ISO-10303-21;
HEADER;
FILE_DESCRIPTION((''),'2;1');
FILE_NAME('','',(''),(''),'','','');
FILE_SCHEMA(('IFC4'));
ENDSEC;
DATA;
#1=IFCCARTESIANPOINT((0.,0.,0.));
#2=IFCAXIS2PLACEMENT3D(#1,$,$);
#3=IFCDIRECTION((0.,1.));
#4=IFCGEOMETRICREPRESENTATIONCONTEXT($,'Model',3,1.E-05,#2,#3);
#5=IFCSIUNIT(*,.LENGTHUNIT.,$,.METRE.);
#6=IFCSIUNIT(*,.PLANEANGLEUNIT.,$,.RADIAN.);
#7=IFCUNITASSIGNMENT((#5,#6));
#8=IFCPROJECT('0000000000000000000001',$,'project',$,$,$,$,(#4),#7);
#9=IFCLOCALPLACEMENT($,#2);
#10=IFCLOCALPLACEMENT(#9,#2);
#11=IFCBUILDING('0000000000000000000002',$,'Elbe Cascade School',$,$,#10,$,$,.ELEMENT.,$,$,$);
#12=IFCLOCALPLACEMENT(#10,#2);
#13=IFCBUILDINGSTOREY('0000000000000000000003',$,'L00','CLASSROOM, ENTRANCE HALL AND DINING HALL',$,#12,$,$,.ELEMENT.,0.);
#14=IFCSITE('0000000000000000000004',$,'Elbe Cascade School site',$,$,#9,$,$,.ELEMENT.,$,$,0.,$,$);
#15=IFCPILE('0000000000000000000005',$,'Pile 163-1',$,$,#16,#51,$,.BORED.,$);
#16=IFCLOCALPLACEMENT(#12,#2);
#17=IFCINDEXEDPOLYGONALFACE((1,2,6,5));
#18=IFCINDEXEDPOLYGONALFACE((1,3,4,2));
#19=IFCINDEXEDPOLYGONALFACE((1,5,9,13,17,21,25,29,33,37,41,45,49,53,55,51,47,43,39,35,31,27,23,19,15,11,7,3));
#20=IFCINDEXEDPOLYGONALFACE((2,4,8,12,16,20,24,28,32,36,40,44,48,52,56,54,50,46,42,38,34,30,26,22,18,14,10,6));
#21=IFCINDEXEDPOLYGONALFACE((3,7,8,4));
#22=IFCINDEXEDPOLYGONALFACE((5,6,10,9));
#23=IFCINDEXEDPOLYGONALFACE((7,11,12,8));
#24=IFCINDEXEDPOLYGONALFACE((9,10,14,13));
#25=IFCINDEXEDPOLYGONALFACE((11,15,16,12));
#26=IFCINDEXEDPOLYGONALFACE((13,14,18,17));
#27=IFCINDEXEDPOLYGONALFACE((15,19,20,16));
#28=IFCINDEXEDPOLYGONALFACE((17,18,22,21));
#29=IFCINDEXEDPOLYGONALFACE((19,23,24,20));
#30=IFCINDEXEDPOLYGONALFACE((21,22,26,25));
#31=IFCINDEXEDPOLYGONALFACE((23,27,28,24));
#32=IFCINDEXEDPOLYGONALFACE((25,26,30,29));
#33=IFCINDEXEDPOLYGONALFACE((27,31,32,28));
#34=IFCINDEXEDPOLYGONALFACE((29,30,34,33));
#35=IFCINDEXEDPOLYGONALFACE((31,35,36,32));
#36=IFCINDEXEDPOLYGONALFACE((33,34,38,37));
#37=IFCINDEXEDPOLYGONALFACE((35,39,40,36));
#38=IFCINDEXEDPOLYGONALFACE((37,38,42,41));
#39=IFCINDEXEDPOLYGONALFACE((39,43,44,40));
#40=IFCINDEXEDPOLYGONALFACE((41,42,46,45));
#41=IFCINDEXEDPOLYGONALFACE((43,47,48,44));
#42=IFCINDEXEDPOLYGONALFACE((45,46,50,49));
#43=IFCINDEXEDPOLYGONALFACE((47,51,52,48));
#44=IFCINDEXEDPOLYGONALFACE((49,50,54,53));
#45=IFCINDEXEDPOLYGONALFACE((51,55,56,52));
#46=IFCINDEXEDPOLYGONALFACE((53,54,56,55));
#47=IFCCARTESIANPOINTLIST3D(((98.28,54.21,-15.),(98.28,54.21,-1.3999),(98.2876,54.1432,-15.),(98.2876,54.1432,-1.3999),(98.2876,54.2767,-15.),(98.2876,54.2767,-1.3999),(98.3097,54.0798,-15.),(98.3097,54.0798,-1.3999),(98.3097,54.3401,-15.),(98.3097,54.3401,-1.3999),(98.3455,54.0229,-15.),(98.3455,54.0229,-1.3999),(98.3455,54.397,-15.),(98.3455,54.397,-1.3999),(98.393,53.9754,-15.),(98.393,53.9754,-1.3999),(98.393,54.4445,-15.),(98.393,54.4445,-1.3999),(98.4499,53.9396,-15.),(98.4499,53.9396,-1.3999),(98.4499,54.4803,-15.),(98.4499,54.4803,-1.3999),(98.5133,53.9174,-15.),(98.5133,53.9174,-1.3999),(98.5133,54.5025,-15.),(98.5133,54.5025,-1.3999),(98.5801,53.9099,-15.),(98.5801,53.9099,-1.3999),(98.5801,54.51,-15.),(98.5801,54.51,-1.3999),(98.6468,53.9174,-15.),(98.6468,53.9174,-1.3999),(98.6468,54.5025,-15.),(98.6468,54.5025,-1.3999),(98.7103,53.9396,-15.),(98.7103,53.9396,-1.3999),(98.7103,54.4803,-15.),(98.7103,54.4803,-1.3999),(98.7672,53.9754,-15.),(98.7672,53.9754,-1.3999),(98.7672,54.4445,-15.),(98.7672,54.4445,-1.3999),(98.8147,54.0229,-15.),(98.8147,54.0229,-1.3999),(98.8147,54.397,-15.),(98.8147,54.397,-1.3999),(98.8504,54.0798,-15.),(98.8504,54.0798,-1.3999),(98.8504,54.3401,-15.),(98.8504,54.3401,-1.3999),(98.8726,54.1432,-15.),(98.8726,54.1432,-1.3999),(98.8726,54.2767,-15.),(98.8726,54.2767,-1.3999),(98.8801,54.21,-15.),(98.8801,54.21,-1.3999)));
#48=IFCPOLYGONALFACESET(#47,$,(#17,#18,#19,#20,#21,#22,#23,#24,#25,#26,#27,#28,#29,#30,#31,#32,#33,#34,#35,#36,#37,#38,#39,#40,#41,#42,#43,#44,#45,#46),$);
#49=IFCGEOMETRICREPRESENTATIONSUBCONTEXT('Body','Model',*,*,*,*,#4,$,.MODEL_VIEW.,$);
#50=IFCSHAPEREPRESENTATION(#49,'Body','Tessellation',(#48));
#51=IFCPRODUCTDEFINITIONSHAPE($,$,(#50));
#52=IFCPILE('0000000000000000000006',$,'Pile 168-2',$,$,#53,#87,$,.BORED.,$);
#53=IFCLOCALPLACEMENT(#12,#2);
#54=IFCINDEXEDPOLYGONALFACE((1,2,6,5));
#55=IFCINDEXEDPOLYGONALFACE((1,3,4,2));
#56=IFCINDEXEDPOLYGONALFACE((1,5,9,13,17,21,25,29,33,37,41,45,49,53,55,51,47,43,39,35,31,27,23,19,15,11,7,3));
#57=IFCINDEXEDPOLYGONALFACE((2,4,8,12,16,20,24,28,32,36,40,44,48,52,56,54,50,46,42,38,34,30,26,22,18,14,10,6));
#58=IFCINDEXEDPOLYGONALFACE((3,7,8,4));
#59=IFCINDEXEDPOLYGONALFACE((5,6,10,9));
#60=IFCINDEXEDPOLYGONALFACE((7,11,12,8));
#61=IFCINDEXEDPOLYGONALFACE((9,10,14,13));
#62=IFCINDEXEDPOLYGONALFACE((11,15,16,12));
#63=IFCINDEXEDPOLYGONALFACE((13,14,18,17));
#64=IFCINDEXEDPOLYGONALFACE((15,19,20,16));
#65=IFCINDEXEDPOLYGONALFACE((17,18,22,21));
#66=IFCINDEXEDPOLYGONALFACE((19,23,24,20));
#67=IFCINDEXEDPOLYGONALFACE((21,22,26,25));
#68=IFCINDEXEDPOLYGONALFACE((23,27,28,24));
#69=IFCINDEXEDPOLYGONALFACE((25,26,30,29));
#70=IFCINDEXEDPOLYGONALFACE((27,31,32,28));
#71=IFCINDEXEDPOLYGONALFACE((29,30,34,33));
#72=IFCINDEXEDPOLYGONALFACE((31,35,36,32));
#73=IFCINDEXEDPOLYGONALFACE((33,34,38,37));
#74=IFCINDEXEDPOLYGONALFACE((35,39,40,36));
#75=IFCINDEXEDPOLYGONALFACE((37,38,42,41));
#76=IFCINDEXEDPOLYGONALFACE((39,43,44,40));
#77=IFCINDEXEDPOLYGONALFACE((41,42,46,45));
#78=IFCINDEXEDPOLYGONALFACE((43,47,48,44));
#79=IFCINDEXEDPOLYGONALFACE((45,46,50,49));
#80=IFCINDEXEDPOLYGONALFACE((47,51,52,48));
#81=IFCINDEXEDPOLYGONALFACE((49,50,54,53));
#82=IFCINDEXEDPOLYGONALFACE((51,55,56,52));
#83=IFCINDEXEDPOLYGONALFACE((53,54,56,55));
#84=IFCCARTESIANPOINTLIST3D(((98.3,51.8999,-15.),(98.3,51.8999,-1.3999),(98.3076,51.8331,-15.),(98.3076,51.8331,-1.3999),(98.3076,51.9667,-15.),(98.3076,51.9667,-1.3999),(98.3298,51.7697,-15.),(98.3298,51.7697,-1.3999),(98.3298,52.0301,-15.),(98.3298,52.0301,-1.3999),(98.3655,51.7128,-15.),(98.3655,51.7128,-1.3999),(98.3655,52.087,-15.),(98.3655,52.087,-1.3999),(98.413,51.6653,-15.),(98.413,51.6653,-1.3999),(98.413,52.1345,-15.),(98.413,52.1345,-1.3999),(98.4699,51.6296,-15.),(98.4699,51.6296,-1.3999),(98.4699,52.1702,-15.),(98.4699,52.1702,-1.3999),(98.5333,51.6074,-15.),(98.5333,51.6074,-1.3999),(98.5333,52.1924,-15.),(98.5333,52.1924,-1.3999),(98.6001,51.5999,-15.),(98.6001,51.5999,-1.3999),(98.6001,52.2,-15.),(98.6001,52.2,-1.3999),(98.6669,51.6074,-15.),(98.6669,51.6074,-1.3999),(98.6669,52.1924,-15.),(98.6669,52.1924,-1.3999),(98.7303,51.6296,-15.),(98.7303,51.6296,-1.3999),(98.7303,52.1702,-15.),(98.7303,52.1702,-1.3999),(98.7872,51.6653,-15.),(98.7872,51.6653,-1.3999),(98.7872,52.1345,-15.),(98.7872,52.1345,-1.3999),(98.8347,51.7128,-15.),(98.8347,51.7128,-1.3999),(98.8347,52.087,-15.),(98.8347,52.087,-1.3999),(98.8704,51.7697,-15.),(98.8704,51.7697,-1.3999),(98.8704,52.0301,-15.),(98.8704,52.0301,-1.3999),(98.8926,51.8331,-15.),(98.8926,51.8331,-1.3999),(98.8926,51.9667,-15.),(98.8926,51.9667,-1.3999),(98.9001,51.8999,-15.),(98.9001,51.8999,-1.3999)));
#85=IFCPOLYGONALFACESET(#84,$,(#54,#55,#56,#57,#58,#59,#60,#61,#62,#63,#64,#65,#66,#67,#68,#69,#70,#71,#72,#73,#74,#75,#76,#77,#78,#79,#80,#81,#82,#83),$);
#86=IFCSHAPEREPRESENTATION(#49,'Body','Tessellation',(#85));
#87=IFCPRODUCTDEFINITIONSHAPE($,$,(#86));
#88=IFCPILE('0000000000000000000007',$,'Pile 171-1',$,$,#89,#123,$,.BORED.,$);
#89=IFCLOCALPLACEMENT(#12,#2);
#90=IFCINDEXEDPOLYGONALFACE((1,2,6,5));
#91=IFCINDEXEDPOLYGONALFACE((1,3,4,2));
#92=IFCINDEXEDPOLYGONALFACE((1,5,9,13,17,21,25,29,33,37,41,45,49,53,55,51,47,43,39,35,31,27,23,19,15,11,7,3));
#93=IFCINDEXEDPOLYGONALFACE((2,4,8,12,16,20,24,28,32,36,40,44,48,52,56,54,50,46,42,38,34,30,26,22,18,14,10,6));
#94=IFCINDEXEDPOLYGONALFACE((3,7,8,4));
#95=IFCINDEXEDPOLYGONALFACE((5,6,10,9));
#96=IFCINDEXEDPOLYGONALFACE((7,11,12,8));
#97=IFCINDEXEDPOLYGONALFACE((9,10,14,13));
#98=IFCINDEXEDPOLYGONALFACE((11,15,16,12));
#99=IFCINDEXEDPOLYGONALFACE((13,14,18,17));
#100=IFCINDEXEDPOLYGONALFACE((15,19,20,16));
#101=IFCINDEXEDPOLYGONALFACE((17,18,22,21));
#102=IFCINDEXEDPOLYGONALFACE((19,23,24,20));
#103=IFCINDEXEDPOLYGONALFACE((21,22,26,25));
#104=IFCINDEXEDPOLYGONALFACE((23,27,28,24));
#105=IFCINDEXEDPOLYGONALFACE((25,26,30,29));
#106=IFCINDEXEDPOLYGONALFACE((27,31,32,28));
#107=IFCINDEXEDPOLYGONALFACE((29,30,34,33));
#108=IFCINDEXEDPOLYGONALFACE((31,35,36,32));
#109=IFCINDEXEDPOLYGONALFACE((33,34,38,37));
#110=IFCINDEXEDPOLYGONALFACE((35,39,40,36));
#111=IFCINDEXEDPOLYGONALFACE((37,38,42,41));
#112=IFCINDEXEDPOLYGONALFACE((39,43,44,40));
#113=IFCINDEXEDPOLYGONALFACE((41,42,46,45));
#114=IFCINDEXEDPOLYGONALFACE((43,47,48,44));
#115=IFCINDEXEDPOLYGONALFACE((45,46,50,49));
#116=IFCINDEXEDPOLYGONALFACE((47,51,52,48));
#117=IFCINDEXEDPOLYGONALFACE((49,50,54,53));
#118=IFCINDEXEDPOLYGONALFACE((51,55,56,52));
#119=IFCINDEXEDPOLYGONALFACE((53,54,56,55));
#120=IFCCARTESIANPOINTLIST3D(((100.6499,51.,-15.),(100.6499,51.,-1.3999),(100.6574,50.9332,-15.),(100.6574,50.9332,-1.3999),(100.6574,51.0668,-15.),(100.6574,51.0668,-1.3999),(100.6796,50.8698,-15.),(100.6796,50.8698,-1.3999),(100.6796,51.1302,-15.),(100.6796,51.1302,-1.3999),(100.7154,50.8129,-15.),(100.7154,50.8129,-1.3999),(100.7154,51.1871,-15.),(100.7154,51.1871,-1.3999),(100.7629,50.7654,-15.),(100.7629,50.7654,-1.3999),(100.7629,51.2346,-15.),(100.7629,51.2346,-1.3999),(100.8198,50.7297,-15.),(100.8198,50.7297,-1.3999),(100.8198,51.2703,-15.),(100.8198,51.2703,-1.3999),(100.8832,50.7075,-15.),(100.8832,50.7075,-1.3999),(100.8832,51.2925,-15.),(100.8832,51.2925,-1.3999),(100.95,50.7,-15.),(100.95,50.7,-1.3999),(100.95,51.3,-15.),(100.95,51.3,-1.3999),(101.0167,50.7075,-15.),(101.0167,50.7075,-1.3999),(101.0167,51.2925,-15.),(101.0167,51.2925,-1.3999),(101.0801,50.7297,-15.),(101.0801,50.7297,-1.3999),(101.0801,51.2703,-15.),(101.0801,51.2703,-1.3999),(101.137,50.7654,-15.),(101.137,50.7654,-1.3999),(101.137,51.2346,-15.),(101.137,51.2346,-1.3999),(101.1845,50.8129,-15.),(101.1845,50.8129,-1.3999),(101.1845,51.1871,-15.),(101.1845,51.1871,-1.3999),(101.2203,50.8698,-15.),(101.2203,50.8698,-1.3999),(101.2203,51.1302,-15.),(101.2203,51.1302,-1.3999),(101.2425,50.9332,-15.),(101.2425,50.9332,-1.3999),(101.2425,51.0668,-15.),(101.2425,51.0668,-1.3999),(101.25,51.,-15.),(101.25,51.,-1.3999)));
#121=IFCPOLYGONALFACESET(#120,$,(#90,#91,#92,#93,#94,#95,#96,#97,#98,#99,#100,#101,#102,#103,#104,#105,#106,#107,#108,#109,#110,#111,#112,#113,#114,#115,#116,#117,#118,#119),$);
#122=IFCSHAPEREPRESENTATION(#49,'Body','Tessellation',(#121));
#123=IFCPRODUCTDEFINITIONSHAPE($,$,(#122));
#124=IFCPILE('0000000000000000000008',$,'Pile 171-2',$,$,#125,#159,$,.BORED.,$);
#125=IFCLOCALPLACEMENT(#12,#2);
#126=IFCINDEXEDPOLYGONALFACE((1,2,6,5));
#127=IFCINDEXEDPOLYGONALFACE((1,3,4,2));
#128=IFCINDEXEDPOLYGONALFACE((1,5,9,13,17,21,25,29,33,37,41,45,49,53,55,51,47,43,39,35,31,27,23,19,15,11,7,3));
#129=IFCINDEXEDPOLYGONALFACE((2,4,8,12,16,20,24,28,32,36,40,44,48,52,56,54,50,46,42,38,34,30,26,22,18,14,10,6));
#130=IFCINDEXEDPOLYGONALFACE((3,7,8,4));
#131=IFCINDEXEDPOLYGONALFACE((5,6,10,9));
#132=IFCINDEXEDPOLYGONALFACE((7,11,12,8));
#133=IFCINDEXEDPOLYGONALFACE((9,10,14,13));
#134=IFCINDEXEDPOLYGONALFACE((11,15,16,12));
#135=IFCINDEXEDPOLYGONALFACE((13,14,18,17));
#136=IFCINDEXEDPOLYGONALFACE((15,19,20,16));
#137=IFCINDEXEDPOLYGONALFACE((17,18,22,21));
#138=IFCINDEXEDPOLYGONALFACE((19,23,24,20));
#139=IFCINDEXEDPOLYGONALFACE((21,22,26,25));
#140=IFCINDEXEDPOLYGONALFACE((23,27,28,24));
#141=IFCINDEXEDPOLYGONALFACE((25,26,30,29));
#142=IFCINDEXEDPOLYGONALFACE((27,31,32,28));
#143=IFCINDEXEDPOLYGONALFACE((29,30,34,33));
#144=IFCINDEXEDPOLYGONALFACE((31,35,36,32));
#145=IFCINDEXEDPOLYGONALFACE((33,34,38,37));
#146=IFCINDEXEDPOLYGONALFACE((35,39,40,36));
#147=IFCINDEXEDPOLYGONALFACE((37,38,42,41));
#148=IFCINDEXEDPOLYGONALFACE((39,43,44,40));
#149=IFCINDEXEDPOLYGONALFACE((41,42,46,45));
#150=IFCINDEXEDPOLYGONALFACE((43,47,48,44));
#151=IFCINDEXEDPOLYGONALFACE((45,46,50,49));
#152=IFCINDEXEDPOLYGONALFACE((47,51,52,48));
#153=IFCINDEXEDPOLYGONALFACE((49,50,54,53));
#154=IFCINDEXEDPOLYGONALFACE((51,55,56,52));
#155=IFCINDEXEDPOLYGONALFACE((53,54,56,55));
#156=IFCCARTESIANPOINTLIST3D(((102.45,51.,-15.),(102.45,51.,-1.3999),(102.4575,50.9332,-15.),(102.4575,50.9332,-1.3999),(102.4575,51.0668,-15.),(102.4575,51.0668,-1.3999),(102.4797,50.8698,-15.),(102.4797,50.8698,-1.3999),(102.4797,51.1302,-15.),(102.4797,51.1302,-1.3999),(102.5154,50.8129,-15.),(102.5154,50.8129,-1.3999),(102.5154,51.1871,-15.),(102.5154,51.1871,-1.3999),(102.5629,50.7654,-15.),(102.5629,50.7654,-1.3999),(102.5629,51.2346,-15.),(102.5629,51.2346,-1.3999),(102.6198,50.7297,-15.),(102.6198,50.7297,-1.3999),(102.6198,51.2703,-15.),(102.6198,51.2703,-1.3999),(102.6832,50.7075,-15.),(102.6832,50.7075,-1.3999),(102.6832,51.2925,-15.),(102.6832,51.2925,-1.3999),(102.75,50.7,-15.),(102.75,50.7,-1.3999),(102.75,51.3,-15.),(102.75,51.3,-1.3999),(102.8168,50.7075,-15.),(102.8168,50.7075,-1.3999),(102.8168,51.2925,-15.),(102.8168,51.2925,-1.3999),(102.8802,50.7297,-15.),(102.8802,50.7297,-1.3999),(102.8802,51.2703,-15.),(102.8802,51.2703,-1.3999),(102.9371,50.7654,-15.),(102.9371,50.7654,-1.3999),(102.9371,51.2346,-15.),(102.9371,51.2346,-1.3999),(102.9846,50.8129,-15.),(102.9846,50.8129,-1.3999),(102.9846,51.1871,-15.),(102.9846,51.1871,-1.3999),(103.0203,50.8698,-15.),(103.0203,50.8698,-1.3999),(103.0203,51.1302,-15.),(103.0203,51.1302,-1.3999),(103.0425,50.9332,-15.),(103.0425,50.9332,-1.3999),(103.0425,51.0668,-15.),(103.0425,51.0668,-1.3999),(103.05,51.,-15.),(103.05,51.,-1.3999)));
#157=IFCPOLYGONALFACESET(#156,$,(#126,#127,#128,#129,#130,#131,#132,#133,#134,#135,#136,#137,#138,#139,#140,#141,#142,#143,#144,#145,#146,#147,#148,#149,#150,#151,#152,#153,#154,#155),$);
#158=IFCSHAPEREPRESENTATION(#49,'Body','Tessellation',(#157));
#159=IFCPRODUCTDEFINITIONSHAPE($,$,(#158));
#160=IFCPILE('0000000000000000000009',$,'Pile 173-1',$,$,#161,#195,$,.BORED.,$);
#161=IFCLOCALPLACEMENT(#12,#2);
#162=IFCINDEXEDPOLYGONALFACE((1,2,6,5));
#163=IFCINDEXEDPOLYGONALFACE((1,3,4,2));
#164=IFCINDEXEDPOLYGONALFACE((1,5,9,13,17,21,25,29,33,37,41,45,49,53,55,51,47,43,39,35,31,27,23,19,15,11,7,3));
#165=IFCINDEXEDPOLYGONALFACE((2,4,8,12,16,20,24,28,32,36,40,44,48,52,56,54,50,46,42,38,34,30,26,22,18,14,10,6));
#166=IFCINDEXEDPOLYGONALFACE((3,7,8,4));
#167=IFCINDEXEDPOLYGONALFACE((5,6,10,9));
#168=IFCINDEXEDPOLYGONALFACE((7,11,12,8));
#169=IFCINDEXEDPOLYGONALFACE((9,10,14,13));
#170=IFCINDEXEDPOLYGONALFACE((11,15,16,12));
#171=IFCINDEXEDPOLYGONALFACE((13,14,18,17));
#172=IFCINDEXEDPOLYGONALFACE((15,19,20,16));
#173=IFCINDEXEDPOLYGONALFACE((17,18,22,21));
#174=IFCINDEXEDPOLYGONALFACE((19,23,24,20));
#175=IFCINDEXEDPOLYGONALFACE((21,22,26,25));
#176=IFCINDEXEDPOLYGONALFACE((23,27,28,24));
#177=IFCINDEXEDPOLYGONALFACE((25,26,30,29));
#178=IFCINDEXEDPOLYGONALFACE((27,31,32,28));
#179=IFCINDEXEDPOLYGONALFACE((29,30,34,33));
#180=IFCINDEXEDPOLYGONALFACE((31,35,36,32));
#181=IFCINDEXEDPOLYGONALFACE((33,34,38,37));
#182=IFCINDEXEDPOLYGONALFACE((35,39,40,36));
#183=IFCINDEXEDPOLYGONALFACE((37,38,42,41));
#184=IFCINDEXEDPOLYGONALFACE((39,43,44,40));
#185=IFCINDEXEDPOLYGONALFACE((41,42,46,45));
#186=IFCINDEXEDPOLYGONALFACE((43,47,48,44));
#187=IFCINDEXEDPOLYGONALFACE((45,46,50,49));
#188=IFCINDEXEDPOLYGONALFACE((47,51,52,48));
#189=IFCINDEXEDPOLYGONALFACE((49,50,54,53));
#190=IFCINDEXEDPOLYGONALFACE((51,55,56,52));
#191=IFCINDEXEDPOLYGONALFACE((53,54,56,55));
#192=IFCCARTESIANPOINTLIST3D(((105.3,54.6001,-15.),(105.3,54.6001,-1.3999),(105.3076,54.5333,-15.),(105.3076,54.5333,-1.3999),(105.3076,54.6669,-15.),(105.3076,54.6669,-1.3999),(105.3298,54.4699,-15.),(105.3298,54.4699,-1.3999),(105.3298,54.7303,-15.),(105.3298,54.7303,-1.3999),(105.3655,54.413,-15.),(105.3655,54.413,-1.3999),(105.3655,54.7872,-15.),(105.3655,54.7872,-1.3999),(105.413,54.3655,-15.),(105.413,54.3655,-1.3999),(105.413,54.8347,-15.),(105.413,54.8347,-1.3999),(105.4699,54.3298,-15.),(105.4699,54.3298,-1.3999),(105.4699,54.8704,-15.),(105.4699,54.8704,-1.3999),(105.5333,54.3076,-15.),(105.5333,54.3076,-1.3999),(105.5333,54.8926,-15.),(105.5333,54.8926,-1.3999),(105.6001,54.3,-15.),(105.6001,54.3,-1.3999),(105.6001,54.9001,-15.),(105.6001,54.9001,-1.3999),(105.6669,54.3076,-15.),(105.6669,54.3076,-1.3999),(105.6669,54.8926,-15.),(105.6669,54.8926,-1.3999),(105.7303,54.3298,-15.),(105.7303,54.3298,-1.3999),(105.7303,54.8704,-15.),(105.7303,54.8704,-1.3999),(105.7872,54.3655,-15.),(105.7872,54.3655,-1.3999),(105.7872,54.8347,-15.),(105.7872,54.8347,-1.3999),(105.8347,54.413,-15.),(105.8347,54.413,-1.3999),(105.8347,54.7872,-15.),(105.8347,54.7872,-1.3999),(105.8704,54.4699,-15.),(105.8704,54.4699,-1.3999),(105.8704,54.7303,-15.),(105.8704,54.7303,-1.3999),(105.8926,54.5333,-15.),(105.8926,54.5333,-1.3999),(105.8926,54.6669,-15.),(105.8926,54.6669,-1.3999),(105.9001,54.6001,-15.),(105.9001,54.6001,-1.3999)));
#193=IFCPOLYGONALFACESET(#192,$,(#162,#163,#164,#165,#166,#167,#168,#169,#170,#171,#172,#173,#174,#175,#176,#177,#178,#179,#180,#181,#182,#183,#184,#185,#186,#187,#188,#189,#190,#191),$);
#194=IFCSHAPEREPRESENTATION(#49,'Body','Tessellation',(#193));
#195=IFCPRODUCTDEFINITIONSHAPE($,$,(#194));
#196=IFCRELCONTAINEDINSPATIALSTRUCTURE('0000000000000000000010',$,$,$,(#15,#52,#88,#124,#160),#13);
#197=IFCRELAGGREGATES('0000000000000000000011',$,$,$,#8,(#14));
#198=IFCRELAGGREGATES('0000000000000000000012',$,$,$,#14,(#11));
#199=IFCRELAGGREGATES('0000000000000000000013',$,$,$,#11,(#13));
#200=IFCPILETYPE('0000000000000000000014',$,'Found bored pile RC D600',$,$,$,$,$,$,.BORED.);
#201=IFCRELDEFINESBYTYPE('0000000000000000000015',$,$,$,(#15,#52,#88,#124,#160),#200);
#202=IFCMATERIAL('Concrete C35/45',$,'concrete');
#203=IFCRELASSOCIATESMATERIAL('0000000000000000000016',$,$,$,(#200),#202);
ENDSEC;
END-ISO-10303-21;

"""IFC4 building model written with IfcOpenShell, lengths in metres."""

from ifc_helpers import new_model, si_unit, direction, frame, origin, origin_2d, place, context, subcontext, project, spatial, circle, extrude, material, material_profile, profile_set, type_object, element, save


model = new_model("IFC4")

# Units and contexts
model_context = context("Model", 3, precision=1e-05, world=origin(), true_north=direction((0.0, 1.0)))
body_context = subcontext(model_context, "Body", "Model", "MODEL_VIEW")
ifc_project = project(units=[si_unit("LENGTHUNIT", "METRE"), si_unit("PLANEANGLEUNIT", "RADIAN")], contexts=[model_context])

# Site, building, storey
site_placement = place(None, origin())
site = spatial("IfcSite", under=ifc_project, at=site_placement, Name="Elbe Cascade School site", CompositionType="ELEMENT", RefElevation=0.0)
building_placement = place(site_placement, origin())
building = spatial("IfcBuilding", under=site, at=building_placement, Name="Elbe Cascade School", CompositionType="ELEMENT")
storey_placement = place(building_placement, origin())
storey = spatial("IfcBuildingStorey", under=building, at=storey_placement, Name="L00", Description="CLASSROOM, ENTRANCE HALL AND DINING HALL", CompositionType="ELEMENT", Elevation=0.0)

# Piles
ifc_material_1 = material(Name="Concrete C35/45", Category="concrete")
ifc_material_profile_1 = material_profile(ifc_material_1, circle(Radius=0.3, at=origin_2d()), Name="RC D600")
ifc_profile_set_1 = profile_set([ifc_material_profile_1], Name="Concrete C35/45")
pile_type = type_object("IfcPileType", Name="Found bored pile RC D600", PredefinedType="BORED", material=ifc_profile_set_1)
for number, where, z_axis, x_axis, name in (
    (1, (98.5801, 54.21, -1.3999), (0.0, 0.0, -1.0), (1.0, 0.0, 0.0), "Pile 163-1"),
    (2, (98.6001, 51.8999, -1.3999), (0.0, 0.0, -1.0), (1.0, 0.0, 0.0), "Pile 168-2"),
    (3, (100.95, 51.0, -1.3999), (0.0, 0.0, -1.0), (1.0, 0.0, 0.0), "Pile 171-1"),
    (4, (102.75, 51.0, -1.3999), (0.0, 0.0, -1.0), (1.0, 0.0, 0.0), "Pile 171-2"),
    (5, (105.6001, 54.6001, -1.3999), (0.0, 0.0, -1.0), (1.0, 0.0, 0.0), "Pile 173-1"),
):
    element("IfcPile", number, at=place(storey_placement, frame(where, z_axis=z_axis, x_axis=x_axis)), inside=storey, type_object=pile_type, Name=name, PredefinedType="BORED", context=body_context, shape_type="SweptSolid", body=[
        extrude(circle(Radius=0.3, at=origin_2d()), origin(), (0.0, 0.0, 1.0), 13.6001),
    ])

save(model, "model.ifc")
